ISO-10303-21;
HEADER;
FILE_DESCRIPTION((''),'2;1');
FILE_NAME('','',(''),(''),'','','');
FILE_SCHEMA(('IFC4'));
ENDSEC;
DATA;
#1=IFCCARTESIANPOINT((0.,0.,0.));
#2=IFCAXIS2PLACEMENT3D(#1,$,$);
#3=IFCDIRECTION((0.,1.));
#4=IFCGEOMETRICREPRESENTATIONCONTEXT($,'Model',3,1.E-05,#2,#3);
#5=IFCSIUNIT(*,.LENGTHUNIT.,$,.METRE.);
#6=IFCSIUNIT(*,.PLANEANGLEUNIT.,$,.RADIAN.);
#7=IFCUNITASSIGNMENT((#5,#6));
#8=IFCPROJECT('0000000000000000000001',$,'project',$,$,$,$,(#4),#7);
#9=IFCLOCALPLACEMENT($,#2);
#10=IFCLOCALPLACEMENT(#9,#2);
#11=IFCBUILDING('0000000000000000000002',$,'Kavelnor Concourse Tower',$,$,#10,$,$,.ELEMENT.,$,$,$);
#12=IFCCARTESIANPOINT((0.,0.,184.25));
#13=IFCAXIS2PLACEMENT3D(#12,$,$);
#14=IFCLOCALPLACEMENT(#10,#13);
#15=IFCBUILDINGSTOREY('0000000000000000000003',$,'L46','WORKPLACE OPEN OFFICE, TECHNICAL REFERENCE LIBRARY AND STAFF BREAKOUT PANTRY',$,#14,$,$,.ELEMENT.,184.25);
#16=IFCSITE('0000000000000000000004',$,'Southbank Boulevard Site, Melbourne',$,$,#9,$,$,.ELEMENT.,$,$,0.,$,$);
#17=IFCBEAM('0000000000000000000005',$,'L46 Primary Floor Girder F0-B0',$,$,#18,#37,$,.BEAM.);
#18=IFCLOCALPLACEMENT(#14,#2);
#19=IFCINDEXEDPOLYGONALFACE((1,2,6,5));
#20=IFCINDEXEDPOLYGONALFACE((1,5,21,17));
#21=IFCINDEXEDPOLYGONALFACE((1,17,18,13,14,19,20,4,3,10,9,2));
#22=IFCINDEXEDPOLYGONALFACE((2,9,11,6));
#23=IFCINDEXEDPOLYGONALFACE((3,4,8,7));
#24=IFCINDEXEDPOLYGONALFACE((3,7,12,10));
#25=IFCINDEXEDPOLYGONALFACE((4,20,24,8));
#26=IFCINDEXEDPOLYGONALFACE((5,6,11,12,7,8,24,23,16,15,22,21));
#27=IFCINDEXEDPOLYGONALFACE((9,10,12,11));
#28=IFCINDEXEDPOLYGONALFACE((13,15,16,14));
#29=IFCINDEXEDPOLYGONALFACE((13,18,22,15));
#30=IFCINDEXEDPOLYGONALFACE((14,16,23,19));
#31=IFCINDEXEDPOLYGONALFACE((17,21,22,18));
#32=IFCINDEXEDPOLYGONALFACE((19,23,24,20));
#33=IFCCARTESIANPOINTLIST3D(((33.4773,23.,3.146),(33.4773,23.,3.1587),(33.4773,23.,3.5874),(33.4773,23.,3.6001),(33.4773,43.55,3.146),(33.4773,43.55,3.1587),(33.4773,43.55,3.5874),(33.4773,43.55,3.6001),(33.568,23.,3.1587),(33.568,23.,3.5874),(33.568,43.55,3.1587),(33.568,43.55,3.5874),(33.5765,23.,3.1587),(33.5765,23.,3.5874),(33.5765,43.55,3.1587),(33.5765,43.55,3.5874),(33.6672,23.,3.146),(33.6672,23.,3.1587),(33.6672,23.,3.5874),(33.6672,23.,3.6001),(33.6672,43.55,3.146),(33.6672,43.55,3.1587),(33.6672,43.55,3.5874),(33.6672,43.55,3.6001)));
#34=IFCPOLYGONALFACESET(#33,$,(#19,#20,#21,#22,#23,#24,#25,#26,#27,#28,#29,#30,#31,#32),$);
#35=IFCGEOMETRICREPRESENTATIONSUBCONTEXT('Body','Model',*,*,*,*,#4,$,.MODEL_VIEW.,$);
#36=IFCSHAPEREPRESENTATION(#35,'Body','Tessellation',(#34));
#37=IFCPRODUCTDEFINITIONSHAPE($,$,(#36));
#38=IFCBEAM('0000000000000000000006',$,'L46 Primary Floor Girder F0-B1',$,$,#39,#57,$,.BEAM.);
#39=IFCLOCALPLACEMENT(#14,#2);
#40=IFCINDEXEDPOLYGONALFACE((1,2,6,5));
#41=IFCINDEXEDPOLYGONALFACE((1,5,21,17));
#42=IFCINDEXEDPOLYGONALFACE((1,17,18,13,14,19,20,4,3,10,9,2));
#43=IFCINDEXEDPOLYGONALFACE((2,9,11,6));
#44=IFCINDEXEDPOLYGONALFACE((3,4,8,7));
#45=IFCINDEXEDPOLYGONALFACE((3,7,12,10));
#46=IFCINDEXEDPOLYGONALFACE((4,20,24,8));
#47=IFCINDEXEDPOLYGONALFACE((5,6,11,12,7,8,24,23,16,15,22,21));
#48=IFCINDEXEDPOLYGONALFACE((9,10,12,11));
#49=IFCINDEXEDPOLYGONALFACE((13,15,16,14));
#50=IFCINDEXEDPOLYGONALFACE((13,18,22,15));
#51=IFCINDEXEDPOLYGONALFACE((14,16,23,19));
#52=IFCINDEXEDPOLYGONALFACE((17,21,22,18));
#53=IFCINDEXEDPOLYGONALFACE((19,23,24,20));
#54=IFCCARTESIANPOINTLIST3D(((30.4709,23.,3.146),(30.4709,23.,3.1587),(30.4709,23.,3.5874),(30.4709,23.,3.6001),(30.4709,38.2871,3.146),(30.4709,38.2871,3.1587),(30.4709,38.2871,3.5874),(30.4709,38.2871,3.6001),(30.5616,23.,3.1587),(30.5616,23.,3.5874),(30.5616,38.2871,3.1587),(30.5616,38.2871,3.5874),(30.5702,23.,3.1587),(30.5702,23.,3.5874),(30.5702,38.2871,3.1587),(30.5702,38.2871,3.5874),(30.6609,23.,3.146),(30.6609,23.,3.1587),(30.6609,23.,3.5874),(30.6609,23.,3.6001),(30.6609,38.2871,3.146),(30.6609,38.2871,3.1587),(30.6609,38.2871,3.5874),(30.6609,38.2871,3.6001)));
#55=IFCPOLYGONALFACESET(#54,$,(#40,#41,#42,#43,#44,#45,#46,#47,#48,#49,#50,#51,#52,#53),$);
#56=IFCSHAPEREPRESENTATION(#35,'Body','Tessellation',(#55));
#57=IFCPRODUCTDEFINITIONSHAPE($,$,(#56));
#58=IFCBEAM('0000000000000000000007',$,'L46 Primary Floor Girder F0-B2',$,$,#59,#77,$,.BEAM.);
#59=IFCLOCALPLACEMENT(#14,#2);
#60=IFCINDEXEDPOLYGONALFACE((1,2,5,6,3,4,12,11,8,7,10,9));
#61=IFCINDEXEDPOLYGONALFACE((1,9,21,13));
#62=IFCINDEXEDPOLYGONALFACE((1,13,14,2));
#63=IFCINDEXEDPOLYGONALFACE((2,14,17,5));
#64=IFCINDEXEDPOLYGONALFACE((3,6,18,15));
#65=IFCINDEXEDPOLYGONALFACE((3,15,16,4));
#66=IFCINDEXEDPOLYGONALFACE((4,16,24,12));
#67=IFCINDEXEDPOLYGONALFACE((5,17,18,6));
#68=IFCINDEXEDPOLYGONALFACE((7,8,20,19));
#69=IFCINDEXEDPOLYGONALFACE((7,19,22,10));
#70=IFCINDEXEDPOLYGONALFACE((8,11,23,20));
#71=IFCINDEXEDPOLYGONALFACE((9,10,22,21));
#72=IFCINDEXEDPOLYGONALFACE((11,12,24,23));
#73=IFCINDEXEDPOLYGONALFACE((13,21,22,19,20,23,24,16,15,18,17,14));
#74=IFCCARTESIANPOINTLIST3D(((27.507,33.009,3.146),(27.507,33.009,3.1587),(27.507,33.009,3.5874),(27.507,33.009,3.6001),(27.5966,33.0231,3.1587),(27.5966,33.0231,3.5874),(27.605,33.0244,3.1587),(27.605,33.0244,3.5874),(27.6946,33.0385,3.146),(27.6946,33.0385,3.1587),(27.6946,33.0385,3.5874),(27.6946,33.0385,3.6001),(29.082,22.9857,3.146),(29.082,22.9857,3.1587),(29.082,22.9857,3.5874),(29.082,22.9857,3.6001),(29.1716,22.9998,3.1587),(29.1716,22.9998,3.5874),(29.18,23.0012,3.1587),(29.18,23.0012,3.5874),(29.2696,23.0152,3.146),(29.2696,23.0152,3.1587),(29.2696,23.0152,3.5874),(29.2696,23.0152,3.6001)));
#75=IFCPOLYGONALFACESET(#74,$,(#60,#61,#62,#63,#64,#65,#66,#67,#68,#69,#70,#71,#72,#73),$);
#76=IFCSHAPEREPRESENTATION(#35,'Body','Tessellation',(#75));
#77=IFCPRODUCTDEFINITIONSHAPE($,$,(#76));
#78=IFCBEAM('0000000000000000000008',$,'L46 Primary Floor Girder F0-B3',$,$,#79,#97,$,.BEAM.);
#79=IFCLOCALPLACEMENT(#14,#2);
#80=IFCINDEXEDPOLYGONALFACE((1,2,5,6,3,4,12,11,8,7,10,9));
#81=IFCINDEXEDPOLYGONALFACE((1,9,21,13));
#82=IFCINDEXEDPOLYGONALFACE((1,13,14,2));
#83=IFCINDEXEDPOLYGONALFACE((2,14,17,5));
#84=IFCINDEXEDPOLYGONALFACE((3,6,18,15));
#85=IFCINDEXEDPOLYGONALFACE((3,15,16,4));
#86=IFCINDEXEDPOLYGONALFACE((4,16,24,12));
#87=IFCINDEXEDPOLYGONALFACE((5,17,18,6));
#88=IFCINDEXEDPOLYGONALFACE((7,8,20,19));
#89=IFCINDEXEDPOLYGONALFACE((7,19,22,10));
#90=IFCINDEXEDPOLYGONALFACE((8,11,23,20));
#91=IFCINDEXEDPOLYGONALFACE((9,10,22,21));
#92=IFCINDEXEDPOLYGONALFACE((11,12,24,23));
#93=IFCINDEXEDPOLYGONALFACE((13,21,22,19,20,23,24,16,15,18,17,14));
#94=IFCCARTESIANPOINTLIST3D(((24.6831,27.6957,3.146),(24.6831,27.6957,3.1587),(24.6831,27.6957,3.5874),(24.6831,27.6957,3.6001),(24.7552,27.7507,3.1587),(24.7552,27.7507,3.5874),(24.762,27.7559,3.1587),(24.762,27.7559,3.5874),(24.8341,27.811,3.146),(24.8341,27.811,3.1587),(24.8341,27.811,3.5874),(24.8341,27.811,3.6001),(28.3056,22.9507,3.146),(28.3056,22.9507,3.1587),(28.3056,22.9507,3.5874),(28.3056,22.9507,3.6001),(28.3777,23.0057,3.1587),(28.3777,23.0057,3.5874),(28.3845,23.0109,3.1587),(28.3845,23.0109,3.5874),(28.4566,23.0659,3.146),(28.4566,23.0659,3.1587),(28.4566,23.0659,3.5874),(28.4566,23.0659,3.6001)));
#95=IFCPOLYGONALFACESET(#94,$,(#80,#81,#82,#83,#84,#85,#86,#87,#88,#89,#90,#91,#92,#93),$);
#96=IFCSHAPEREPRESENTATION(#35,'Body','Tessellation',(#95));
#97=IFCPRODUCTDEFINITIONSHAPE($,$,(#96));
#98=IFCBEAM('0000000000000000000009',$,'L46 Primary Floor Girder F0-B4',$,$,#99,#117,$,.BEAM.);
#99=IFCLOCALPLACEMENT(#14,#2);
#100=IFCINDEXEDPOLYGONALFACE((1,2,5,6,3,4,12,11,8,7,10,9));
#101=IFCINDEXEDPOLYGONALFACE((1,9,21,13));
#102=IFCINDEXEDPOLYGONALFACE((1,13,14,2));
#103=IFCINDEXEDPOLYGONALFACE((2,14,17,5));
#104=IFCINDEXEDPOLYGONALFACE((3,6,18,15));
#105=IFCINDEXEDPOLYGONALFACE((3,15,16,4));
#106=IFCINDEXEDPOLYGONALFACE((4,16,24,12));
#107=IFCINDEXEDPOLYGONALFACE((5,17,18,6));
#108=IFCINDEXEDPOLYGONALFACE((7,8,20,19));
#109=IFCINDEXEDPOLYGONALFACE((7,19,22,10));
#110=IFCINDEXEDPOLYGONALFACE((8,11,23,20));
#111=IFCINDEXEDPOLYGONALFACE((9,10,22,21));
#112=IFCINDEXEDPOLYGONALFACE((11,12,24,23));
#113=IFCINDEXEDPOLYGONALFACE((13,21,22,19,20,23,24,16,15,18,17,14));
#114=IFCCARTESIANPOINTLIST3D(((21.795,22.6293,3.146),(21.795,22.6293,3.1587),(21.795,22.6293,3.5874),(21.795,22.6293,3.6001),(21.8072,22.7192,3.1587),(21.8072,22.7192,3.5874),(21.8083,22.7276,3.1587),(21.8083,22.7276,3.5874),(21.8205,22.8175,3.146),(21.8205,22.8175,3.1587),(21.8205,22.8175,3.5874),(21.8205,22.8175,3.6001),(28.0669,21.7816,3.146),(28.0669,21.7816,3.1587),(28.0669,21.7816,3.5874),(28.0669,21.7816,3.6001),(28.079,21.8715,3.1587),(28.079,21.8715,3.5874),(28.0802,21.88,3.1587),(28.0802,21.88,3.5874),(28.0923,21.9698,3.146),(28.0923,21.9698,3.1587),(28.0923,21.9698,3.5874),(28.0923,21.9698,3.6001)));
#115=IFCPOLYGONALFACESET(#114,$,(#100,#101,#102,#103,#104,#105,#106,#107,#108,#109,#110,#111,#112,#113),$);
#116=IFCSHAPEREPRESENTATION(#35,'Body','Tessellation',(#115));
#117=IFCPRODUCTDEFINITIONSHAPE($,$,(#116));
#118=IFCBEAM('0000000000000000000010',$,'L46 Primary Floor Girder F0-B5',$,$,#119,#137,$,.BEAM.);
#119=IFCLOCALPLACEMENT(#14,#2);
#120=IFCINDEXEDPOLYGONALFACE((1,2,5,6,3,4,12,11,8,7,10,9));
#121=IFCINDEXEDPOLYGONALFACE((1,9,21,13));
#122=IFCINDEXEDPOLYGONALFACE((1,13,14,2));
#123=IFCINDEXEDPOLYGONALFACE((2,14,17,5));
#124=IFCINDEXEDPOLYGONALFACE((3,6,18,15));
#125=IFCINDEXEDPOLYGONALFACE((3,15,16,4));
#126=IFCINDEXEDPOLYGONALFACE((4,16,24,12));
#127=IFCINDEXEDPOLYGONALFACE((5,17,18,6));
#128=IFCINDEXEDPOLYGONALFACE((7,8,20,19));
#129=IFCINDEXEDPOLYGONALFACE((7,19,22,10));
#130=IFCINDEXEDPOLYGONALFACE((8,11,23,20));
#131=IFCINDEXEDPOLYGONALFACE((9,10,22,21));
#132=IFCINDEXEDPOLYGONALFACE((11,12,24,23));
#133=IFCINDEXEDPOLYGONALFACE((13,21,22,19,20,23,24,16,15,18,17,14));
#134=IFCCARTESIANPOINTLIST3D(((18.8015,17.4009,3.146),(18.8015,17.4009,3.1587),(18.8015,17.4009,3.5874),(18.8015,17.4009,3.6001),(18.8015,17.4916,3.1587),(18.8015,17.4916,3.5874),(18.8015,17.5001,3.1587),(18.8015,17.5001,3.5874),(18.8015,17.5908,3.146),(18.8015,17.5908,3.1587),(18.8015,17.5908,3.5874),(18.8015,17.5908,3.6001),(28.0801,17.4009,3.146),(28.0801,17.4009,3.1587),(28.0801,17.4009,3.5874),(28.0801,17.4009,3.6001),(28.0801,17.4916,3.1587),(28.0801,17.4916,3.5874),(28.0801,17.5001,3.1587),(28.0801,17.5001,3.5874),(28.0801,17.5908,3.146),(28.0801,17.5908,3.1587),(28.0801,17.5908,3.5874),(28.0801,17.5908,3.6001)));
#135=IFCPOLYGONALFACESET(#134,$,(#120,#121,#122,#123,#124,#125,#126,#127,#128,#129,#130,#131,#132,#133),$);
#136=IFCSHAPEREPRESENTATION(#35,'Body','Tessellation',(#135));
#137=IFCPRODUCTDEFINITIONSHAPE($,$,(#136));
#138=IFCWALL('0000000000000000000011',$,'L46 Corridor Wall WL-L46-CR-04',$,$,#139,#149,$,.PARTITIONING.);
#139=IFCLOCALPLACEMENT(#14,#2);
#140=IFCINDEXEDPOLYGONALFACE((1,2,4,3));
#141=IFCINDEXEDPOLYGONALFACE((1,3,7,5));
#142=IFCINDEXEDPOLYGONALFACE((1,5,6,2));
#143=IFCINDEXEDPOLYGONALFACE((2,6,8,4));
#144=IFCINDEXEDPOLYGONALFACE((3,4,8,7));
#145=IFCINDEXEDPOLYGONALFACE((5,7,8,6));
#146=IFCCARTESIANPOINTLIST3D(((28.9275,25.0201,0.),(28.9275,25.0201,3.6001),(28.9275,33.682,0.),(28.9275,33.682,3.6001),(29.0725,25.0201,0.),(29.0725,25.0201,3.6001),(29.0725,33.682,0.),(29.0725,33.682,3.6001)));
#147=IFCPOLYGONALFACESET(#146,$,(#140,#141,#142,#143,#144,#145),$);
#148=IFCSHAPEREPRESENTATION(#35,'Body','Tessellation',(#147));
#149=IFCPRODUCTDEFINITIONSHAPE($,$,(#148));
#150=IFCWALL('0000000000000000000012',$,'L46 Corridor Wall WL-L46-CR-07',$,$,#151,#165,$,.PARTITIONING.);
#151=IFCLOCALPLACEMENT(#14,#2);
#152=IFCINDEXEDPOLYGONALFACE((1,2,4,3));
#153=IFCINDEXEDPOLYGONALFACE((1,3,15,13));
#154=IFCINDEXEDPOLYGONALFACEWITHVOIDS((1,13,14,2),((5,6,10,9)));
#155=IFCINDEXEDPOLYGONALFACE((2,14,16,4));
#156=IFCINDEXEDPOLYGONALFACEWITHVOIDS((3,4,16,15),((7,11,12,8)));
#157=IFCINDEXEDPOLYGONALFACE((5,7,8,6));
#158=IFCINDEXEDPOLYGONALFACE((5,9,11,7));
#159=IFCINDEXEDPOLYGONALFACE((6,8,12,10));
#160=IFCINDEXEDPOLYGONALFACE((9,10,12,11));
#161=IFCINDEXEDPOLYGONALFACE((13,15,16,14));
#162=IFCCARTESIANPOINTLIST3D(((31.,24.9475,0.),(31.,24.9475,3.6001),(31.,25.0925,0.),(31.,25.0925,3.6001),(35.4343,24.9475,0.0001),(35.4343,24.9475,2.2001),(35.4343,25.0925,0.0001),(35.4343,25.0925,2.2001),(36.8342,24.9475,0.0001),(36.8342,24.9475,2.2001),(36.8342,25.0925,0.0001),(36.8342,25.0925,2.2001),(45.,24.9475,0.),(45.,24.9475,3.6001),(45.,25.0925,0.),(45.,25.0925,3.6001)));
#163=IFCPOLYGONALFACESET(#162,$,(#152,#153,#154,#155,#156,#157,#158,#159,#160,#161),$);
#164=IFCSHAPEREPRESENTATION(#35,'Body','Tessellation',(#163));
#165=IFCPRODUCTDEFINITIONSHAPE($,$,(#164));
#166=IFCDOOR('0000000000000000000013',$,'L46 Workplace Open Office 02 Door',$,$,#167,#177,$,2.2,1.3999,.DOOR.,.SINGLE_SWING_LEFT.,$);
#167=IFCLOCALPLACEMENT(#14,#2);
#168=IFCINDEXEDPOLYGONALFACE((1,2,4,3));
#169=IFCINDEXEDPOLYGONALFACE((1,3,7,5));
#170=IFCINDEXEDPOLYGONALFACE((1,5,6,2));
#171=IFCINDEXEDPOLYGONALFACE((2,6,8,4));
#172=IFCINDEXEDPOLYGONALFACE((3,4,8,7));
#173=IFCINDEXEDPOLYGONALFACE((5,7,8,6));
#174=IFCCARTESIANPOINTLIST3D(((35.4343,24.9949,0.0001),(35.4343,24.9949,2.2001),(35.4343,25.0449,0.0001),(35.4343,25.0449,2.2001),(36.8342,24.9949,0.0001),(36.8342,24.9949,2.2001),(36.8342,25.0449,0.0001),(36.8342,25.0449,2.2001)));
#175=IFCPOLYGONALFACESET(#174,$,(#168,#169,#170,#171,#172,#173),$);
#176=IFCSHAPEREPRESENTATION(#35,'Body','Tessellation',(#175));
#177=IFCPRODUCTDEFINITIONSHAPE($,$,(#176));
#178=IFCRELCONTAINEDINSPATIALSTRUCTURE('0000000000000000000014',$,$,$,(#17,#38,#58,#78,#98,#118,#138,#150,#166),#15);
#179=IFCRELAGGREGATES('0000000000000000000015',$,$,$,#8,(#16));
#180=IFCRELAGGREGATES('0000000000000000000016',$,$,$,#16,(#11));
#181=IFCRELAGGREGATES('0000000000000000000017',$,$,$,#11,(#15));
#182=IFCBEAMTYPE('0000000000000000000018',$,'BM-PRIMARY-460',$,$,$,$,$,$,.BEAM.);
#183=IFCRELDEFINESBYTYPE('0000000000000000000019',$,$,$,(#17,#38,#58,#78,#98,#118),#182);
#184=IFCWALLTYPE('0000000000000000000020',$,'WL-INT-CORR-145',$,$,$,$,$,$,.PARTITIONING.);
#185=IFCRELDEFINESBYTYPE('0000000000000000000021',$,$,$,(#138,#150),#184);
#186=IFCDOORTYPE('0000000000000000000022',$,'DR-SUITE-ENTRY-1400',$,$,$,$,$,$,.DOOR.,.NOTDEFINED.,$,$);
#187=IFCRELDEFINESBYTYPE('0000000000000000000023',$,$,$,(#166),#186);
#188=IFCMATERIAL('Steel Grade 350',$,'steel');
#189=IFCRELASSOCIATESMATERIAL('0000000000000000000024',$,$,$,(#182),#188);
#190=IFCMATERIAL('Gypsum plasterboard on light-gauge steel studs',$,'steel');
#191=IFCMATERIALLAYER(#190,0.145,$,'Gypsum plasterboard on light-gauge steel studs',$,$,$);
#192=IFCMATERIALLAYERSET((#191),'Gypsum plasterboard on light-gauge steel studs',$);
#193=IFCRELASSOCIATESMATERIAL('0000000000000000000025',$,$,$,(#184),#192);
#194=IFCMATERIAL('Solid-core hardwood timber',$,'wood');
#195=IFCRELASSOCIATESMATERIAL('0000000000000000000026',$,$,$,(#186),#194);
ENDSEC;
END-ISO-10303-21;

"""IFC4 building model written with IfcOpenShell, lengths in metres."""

from ifc_helpers import new_model, si_unit, direction, frame, frame_2d, origin, origin_2d, place, context, subcontext, project, spatial, rectangle, i_section, extrude, material, layer, layer_set, material_profile, profile_set, type_object, element, fill, save


model = new_model("IFC4")

# Units and contexts
model_context = context("Model", 3, precision=1e-05, world=origin(), true_north=direction((0.0, 1.0)))
body_context = subcontext(model_context, "Body", "Model", "MODEL_VIEW")
ifc_project = project(units=[si_unit("LENGTHUNIT", "METRE"), si_unit("PLANEANGLEUNIT", "RADIAN")], contexts=[model_context])

# Site, building, storey
site_placement = place(None, origin())
site = spatial("IfcSite", under=ifc_project, at=site_placement, Name="Southbank Boulevard Site, Melbourne", CompositionType="ELEMENT", RefElevation=0.0)
building_placement = place(site_placement, origin())
building = spatial("IfcBuilding", under=site, at=building_placement, Name="Kavelnor Concourse Tower", CompositionType="ELEMENT")
storey_placement = place(building_placement, frame((0.0, 0.0, 184.25)))
storey = spatial("IfcBuildingStorey", under=building, at=storey_placement, Name="L46", Description="WORKPLACE OPEN OFFICE, TECHNICAL REFERENCE LIBRARY AND STAFF BREAKOUT PANTRY", CompositionType="ELEMENT", Elevation=184.25)

# Beams
ifc_material_1 = material(Name="Steel Grade 350", Category="steel")
ifc_material_profile = material_profile(ifc_material_1, i_section(OverallWidth=0.1899, OverallDepth=0.4541, WebThickness=0.0085, FlangeThickness=0.0127, at=origin_2d()), Name="460UB67")
ifc_profile_set = profile_set([ifc_material_profile], Name="Steel Grade 350")
beam_type = type_object("IfcBeamType", Name="BM-PRIMARY-460", PredefinedType="BEAM", material=ifc_profile_set)
beam_1_placement = place(storey_placement, frame((33.5723, 23.0, 3.373), z_axis=(0.0, 1.0, 0.0), x_axis=(-1.0, 0.0, 0.0)))
element("IfcBeam", 1, at=beam_1_placement, inside=storey, type_object=beam_type, Name="L46 Primary Floor Girder F0-B0", PredefinedType="BEAM", context=body_context, shape_type="SweptSolid", body=[
    extrude(i_section(OverallWidth=0.1899, OverallDepth=0.4541, WebThickness=0.0085, FlangeThickness=0.0127, at=origin_2d()), origin(), (0.0, 0.0, 1.0), 20.55),
])
beam_2_placement = place(storey_placement, frame((30.5659, 23.0, 3.373), z_axis=(0.0, 1.0, 0.0), x_axis=(-1.0, 0.0, 0.0)))
element("IfcBeam", 2, at=beam_2_placement, inside=storey, type_object=beam_type, Name="L46 Primary Floor Girder F0-B1", PredefinedType="BEAM", context=body_context, shape_type="SweptSolid", body=[
    extrude(i_section(OverallWidth=0.1899, OverallDepth=0.4541, WebThickness=0.0085, FlangeThickness=0.0127, at=origin_2d()), origin(), (0.0, 0.0, 1.0), 15.2871),
])
beam_3_placement = place(storey_placement, frame((29.1758, 23.0005, 3.373), z_axis=(-0.155226, 0.987879, 0.0), x_axis=(-0.987879, -0.155226, 0.0)))
element("IfcBeam", 3, at=beam_3_placement, inside=storey, type_object=beam_type, Name="L46 Primary Floor Girder F0-B2", PredefinedType="BEAM", context=body_context, shape_type="SweptSolid", body=[
    extrude(i_section(OverallWidth=0.1899, OverallDepth=0.4541, WebThickness=0.0085, FlangeThickness=0.0127, at=origin_2d()), origin(), (0.0, 0.0, 1.0), 10.1462),
])
beam_4_placement = place(storey_placement, frame((28.3811, 23.0083, 3.373), z_axis=(-0.606809, 0.794847, 0.0), x_axis=(-0.794847, -0.606809, 0.0)))
element("IfcBeam", 4, at=beam_4_placement, inside=storey, type_object=beam_type, Name="L46 Primary Floor Girder F0-B3", PredefinedType="BEAM", context=body_context, shape_type="SweptSolid", body=[
    extrude(i_section(OverallWidth=0.1899, OverallDepth=0.4541, WebThickness=0.0085, FlangeThickness=0.0127, at=origin_2d()), origin(), (0.0, 0.0, 1.0), 5.9697),
])
beam_5_placement = place(storey_placement, frame((28.0796, 21.8757, 3.373), z_axis=(-0.99099, 0.133937, 0.0), x_axis=(-0.133937, -0.99099, 0.0)))
element("IfcBeam", 5, at=beam_5_placement, inside=storey, type_object=beam_type, Name="L46 Primary Floor Girder F0-B4", PredefinedType="BEAM", context=body_context, shape_type="SweptSolid", body=[
    extrude(i_section(OverallWidth=0.1899, OverallDepth=0.4541, WebThickness=0.0085, FlangeThickness=0.0127, at=origin_2d()), origin(), (0.0, 0.0, 1.0), 6.3289),
])
beam_6_placement = place(storey_placement, frame((28.0801, 17.4958, 3.373), z_axis=(-1.0, 0.0, 0.0), x_axis=(0.0, -1.0, 0.0)))
element("IfcBeam", 6, at=beam_6_placement, inside=storey, type_object=beam_type, Name="L46 Primary Floor Girder F0-B5", PredefinedType="BEAM", context=body_context, shape_type="SweptSolid", body=[
    extrude(i_section(OverallWidth=0.1899, OverallDepth=0.4541, WebThickness=0.0085, FlangeThickness=0.0127, at=origin_2d()), origin(), (0.0, 0.0, 1.0), 9.2786),
])

# Wall
ifc_material_2 = material(Name="Gypsum plasterboard on light-gauge steel studs", Category="steel")
ifc_layer_1 = layer(ifc_material_2, 0.145, Name="Gypsum plasterboard on light-gauge steel studs")
ifc_layer_set_1 = layer_set([ifc_layer_1], Name="Gypsum plasterboard on light-gauge steel studs")
wall_type_1 = type_object("IfcWallType", Name="WL-INT-CORR-145", PredefinedType="PARTITIONING", material=ifc_layer_set_1)
wall_1_placement = place(storey_placement, frame((29.0, 25.02, 0.0), z_axis=(0.0, 0.0, 1.0), x_axis=(0.0, 1.0, 0.0)))
element("IfcWall", 7, at=wall_1_placement, inside=storey, type_object=wall_type_1, Name="L46 Corridor Wall WL-L46-CR-04", PredefinedType="PARTITIONING", context=body_context, shape_type="SweptSolid", body=[
    extrude(rectangle(XDim=8.6619, YDim=0.145, at=frame_2d((4.3311, 0.0))), origin(), (0.0, 0.0, 1.0), 3.6001),
])

# Wall, opening, door
wall_2_placement = place(storey_placement, frame((31.0, 25.02, 0.0), z_axis=(0.0, 0.0, 1.0), x_axis=(1.0, 0.0, 0.0)))
wall_2 = element("IfcWall", 8, at=wall_2_placement, inside=storey, type_object=wall_type_1, Name="L46 Corridor Wall WL-L46-CR-07", PredefinedType="PARTITIONING", context=body_context, shape_type="SweptSolid", body=[
    extrude(rectangle(XDim=14.0, YDim=0.145, at=frame_2d((7.0, 0.0))), origin(), (0.0, 0.0, 1.0), 3.6001),
])
opening_1_placement = place(wall_2_placement, frame((4.4343, 0.0, 0.0)))
opening_1 = element("IfcOpeningElement", 9, at=opening_1_placement, cuts=wall_2, PredefinedType="OPENING", context=body_context, shape_type="SweptSolid", body=[
    extrude(rectangle(XDim=1.3999, YDim=2.2, at=frame_2d((0.7, 1.1001))), frame((0.0, 0.0825, 0.0), z_axis=(0.0, -1.0, 0.0), x_axis=(1.0, 0.0, 0.0)), (0.0, 0.0, 1.0), 0.165),
])
ifc_material_3 = material(Name="Solid-core hardwood timber", Category="wood")
door_type_1 = type_object("IfcDoorType", Name="DR-SUITE-ENTRY-1400", OperationType="NOTDEFINED", PredefinedType="DOOR", material=ifc_material_3)
door_1_placement = place(opening_1_placement, origin())
door_1 = element("IfcDoor", 10, at=door_1_placement, inside=storey, type_object=door_type_1, Name="L46 Workplace Open Office 02 Door", OperationType="SINGLE_SWING_LEFT", OverallHeight=2.2, OverallWidth=1.3999, PredefinedType="DOOR", context=body_context, shape_type="SweptSolid", body=[
    extrude(rectangle(XDim=1.3999, YDim=2.2, at=frame_2d((0.7, 1.1001))), frame((0.0, 0.0249, 0.0), z_axis=(0.0, -1.0, 0.0), x_axis=(1.0, 0.0, 0.0)), (0.0, 0.0, 1.0), 0.05),
])
fill(opening_1, door_1)

save(model, "model.ifc")
